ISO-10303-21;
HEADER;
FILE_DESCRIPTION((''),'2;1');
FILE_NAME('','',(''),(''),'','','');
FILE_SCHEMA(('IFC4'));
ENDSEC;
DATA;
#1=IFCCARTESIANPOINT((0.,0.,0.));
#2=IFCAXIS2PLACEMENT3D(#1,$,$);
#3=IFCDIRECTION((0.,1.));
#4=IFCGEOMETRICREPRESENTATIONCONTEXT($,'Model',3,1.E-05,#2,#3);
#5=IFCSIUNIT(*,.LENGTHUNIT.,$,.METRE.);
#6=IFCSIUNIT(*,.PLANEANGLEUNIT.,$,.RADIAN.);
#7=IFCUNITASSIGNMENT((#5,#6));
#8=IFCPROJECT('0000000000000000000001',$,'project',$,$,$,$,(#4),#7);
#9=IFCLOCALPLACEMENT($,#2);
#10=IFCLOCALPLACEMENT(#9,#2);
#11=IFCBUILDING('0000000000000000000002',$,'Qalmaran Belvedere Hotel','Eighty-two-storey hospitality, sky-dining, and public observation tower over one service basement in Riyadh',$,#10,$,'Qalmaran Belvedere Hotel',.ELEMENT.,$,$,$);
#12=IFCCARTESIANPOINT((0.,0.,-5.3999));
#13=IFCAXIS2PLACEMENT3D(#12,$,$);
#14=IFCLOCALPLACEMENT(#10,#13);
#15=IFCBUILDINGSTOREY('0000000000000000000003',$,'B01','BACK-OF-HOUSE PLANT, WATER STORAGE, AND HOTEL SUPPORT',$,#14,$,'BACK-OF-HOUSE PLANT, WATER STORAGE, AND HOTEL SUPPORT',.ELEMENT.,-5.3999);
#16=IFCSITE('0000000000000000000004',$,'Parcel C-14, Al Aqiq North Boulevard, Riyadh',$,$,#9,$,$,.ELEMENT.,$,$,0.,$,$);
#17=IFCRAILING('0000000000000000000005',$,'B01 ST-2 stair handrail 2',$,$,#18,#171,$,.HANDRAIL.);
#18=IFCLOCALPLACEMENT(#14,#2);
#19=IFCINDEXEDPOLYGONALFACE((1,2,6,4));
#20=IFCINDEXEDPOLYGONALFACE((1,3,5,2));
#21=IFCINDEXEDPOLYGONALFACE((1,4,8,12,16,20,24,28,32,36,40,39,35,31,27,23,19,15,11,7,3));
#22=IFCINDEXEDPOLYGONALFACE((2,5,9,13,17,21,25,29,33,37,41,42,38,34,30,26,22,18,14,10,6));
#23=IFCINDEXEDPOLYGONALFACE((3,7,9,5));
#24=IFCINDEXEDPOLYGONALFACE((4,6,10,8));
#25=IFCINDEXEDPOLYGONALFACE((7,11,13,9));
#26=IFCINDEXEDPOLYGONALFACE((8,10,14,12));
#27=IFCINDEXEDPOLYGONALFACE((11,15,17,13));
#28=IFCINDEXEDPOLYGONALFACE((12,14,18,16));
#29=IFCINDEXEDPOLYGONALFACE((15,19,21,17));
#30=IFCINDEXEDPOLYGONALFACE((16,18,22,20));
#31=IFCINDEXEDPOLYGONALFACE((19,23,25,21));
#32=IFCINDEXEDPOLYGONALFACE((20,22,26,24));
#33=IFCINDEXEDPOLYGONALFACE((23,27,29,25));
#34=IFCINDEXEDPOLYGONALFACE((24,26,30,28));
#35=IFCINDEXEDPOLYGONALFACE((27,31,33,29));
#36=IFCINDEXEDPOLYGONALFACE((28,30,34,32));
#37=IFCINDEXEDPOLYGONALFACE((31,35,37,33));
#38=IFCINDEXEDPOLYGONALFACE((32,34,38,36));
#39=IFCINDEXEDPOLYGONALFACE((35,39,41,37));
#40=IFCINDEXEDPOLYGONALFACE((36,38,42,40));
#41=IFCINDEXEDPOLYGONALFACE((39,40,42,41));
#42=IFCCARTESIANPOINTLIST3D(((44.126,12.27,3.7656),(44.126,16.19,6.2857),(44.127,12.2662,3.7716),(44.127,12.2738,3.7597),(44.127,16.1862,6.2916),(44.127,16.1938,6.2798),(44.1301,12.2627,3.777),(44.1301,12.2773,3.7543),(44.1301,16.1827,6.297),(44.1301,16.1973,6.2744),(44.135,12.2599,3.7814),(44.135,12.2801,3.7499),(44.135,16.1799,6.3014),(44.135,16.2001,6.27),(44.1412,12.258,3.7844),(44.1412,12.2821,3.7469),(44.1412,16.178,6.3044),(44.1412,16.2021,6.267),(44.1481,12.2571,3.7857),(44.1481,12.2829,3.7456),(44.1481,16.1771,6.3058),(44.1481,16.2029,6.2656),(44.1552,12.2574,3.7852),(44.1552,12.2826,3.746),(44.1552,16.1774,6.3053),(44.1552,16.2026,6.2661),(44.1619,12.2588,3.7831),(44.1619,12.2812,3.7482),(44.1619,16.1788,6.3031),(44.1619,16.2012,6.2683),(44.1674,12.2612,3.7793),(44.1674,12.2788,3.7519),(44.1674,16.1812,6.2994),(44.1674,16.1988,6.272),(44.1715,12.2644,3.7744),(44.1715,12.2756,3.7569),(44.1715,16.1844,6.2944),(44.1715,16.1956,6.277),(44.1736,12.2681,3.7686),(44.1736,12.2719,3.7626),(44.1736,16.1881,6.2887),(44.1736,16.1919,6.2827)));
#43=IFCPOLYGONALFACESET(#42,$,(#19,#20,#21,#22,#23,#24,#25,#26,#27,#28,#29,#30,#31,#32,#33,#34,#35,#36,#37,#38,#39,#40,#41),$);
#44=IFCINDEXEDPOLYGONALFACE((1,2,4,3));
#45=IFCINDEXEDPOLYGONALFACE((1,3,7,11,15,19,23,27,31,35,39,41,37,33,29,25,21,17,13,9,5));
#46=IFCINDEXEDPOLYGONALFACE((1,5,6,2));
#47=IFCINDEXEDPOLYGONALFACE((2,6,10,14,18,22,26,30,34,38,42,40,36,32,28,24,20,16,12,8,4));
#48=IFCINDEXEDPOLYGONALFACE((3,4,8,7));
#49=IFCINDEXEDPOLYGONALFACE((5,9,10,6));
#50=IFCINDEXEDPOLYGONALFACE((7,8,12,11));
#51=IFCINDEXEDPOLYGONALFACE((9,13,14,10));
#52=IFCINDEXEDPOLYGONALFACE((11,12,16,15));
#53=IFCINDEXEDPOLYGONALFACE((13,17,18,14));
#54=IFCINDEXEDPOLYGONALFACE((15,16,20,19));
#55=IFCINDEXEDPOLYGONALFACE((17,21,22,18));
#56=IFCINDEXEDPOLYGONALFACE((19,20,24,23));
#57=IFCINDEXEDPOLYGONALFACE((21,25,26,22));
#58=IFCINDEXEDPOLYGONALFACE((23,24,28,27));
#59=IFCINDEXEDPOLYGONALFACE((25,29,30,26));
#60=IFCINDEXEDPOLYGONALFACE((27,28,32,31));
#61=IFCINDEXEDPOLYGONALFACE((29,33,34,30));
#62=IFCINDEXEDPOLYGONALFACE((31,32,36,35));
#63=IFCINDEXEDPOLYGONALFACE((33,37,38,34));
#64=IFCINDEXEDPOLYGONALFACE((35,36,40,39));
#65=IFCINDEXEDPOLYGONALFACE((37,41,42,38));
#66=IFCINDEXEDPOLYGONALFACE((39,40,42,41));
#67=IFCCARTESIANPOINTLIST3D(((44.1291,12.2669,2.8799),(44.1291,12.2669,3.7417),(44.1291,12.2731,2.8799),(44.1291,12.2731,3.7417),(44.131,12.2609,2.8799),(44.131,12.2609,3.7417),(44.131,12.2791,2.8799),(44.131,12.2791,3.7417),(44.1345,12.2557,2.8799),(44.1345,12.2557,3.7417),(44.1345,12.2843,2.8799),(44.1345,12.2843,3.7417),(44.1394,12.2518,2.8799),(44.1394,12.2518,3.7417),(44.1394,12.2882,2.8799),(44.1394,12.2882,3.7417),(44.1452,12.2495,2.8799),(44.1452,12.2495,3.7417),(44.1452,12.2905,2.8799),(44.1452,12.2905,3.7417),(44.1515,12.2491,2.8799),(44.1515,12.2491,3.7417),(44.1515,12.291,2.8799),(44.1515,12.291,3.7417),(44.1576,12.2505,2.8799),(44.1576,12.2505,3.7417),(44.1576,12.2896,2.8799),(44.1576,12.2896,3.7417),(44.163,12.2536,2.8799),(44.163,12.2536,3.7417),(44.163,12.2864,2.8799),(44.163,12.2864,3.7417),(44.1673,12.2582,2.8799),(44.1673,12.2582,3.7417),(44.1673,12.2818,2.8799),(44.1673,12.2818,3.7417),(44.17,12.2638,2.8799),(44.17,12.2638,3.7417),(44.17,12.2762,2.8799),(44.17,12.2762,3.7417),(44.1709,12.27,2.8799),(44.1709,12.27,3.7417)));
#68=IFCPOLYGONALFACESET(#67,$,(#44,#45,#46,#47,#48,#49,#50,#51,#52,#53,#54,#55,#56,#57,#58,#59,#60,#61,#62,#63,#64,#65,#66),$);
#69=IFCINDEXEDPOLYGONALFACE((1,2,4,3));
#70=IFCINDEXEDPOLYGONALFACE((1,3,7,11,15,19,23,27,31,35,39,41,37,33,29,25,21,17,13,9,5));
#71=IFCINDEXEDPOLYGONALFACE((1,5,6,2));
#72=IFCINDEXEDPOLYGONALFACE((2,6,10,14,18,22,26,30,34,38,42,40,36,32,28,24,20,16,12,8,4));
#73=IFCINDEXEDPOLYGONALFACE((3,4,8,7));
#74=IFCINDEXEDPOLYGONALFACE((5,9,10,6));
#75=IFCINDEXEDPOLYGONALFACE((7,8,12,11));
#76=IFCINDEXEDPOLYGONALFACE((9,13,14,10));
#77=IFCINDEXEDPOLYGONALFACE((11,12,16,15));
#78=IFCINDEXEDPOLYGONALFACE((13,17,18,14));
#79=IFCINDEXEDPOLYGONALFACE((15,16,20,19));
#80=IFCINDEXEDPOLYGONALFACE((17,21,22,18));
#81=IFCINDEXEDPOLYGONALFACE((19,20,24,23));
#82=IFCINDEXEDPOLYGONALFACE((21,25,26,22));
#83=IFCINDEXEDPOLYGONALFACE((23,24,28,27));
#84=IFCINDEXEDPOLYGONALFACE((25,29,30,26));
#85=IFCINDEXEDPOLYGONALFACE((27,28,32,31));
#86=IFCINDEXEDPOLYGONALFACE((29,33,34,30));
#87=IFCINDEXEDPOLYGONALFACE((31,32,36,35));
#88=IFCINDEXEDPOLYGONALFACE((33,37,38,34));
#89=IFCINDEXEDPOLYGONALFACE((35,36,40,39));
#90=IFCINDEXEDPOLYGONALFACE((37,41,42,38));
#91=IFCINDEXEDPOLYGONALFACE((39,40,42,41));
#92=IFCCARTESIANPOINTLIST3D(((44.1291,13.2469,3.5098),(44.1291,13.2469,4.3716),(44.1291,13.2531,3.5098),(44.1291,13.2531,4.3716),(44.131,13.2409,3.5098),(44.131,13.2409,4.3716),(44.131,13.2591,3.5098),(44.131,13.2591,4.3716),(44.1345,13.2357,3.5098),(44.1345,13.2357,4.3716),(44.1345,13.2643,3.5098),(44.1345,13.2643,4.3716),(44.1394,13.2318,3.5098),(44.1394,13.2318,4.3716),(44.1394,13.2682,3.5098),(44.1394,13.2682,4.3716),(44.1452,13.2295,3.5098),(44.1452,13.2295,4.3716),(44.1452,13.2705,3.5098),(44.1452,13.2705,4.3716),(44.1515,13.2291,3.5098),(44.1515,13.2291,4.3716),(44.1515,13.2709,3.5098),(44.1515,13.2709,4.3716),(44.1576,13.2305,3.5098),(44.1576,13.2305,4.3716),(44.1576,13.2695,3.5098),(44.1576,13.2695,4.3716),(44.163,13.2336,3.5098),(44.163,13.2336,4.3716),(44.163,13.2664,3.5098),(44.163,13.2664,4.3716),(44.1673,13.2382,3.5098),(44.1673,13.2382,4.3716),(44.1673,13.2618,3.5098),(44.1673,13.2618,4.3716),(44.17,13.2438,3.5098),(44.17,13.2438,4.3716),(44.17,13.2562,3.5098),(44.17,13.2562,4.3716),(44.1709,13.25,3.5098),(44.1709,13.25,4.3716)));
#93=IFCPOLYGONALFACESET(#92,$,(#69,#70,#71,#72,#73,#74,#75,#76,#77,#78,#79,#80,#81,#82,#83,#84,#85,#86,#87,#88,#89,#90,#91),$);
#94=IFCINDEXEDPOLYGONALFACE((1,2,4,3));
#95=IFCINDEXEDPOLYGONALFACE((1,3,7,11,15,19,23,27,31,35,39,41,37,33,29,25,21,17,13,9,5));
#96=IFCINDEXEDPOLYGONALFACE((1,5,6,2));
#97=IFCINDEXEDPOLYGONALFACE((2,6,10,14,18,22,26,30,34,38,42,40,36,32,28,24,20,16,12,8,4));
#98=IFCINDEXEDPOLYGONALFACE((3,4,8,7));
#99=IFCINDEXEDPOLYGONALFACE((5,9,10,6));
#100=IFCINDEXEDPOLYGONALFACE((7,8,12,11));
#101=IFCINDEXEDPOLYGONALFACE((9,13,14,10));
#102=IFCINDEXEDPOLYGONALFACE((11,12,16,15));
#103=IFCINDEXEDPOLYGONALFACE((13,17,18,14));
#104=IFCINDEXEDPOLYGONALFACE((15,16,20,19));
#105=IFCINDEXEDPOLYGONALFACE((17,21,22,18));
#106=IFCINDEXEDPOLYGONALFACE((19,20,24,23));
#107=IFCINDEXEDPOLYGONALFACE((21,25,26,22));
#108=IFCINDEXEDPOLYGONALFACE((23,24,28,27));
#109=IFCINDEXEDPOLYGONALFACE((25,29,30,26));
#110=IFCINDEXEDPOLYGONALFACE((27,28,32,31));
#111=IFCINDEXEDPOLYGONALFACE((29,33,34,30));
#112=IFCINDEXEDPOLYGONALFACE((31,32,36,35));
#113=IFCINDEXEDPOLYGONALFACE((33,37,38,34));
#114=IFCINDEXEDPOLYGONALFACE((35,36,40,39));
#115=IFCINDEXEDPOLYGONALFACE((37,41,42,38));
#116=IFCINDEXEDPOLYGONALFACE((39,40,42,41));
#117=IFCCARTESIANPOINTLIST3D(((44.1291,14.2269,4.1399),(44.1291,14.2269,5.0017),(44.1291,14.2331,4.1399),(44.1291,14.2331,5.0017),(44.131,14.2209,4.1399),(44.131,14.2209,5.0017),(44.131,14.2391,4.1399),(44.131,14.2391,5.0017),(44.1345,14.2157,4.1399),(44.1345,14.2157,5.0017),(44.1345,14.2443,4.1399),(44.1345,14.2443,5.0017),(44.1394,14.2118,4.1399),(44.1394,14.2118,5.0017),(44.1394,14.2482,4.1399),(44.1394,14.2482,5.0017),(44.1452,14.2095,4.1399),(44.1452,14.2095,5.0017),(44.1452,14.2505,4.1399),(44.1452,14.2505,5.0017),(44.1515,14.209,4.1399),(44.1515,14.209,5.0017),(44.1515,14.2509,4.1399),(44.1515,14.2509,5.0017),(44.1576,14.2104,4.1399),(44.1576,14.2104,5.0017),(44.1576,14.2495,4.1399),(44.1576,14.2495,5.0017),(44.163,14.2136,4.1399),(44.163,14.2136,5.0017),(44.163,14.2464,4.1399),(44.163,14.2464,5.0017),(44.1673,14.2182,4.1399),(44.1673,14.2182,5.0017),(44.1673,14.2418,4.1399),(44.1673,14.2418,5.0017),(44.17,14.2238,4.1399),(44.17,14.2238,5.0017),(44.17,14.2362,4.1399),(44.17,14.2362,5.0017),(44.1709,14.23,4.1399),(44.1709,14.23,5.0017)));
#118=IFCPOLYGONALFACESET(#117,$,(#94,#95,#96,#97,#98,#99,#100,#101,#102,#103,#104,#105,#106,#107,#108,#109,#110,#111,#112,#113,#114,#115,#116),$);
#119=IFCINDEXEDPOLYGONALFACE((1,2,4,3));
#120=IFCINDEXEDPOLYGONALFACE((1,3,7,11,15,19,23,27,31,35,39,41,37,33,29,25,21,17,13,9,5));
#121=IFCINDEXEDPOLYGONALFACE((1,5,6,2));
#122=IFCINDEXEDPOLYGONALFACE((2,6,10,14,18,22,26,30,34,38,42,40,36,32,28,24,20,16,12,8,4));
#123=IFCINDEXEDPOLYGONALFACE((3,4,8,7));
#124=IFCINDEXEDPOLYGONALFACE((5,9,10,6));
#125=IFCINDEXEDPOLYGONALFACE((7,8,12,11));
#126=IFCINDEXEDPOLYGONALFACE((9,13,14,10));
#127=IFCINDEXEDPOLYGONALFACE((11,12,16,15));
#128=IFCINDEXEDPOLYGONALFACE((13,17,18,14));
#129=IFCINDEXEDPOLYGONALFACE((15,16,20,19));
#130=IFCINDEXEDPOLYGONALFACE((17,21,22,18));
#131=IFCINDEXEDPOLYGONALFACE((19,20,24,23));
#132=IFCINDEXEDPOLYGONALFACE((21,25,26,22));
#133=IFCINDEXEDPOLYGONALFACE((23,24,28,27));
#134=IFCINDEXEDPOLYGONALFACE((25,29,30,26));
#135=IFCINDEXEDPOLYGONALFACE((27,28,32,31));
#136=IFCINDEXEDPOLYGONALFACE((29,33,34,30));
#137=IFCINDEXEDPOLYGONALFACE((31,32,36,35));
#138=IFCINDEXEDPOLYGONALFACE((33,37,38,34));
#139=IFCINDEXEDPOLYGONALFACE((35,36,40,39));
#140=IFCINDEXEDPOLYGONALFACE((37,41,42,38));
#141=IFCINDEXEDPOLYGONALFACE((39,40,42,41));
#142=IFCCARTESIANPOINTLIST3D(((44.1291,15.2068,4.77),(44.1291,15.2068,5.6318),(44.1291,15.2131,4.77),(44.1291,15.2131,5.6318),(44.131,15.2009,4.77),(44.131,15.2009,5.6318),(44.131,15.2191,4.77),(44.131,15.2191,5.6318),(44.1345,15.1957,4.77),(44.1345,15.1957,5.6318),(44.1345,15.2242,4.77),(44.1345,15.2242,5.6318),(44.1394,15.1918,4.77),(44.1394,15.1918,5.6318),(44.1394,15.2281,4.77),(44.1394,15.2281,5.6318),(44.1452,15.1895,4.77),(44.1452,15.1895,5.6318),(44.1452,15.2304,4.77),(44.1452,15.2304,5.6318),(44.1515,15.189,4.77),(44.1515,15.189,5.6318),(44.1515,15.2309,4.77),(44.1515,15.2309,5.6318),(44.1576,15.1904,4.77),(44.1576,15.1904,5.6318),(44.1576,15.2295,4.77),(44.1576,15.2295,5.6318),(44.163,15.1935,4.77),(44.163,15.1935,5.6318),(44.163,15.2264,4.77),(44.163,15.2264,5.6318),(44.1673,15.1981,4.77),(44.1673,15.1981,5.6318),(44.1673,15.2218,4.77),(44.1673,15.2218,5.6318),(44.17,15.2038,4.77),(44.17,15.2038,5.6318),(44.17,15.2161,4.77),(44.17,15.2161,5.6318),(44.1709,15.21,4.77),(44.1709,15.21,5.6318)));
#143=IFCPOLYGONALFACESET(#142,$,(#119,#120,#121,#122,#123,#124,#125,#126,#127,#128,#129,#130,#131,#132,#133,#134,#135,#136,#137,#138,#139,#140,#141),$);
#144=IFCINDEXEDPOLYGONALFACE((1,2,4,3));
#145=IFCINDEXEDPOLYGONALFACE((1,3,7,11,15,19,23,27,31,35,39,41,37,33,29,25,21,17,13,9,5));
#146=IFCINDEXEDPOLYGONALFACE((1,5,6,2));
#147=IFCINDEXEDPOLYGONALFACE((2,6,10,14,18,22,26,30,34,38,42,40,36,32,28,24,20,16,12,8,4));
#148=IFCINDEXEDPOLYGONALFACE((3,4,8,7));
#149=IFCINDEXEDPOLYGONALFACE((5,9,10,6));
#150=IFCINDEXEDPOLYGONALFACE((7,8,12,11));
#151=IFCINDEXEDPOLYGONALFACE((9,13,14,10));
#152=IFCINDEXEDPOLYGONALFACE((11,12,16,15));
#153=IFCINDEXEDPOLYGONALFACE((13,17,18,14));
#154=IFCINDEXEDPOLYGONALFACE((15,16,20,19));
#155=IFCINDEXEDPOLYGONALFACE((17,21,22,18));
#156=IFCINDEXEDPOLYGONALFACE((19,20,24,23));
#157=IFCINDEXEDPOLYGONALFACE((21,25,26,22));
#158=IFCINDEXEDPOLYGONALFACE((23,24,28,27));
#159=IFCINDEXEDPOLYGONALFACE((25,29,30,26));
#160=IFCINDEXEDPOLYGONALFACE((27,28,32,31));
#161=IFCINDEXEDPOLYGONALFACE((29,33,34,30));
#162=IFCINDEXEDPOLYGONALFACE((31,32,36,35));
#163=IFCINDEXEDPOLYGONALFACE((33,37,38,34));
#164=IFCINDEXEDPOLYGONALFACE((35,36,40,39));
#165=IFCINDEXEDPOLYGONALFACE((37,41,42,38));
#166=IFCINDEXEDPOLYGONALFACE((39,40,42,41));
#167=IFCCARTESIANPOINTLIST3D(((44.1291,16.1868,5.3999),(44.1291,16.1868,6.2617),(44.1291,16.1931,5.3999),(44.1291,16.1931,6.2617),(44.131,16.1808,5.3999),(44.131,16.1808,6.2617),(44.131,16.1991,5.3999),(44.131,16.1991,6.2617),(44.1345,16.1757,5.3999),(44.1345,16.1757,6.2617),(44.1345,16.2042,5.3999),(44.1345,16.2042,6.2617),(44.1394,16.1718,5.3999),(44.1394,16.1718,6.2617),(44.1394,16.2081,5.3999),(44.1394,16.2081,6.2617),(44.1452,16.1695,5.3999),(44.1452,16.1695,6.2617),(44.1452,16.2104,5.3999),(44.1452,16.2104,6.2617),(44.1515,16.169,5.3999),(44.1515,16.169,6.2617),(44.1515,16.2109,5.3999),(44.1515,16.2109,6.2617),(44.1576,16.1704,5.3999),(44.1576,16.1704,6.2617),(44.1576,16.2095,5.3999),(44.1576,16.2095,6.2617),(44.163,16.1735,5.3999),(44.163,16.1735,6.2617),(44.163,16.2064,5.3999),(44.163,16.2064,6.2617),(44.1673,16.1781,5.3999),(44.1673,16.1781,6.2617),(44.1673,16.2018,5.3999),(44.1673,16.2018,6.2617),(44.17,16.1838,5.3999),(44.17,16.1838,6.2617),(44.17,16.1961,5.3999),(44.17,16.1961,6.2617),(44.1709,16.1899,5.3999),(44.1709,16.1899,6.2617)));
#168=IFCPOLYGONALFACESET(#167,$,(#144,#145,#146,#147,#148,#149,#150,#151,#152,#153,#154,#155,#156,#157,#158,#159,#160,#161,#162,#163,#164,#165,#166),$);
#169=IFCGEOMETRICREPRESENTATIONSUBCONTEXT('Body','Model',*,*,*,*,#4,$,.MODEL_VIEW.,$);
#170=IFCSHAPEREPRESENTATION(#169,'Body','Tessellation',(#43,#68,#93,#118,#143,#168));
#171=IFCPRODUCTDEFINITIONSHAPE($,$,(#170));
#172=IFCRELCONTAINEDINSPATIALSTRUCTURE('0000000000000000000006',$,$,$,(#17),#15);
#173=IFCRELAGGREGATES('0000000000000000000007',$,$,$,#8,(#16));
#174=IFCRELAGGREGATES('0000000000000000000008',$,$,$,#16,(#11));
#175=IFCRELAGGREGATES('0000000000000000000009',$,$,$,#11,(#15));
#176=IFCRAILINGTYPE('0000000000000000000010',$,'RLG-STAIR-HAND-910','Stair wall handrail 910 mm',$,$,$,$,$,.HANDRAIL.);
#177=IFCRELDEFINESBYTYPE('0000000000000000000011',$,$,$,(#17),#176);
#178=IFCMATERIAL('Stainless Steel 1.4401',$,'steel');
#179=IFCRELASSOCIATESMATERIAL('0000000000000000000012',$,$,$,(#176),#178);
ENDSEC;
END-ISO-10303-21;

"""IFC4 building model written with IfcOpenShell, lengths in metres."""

from ifc_helpers import new_model, si_unit, direction, frame, origin, origin_2d, place, context, subcontext, project, spatial, circle, extrude, material, type_object, element, save


model = new_model("IFC4")

# Units and contexts
model_context = context("Model", 3, precision=1e-05, world=origin(), true_north=direction((0.0, 1.0)))
body_context = subcontext(model_context, "Body", "Model", "MODEL_VIEW")
ifc_project = project(units=[si_unit("LENGTHUNIT", "METRE"), si_unit("PLANEANGLEUNIT", "RADIAN")], contexts=[model_context])

# Site, building, storey
site_placement = place(None, origin())
site = spatial("IfcSite", under=ifc_project, at=site_placement, Name="Parcel C-14, Al Aqiq North Boulevard, Riyadh", CompositionType="ELEMENT", RefElevation=0.0)
building_placement = place(site_placement, origin())
building = spatial("IfcBuilding", under=site, at=building_placement, Name="Qalmaran Belvedere Hotel", Description="Eighty-two-storey hospitality, sky-dining, and public observation tower over one service basement in Riyadh", LongName="Qalmaran Belvedere Hotel", CompositionType="ELEMENT")
storey_placement = place(building_placement, frame((0.0, 0.0, -5.3999)))
storey = spatial("IfcBuildingStorey", under=building, at=storey_placement, Name="B01", Description="BACK-OF-HOUSE PLANT, WATER STORAGE, AND HOTEL SUPPORT", LongName="BACK-OF-HOUSE PLANT, WATER STORAGE, AND HOTEL SUPPORT", CompositionType="ELEMENT", Elevation=-5.3999)

# Railing
ifc_material_1 = material(Name="Stainless Steel 1.4401", Category="steel")
railing_type_1 = type_object("IfcRailingType", Name="RLG-STAIR-HAND-910", Description="Stair wall handrail 910 mm", PredefinedType="HANDRAIL", material=ifc_material_1)
railing_1_placement = place(storey_placement, frame((44.1499, 12.27, 2.8799)))
element("IfcRailing", 1, at=railing_1_placement, inside=storey, type_object=railing_type_1, Name="B01 ST-2 stair handrail 2", PredefinedType="HANDRAIL", context=body_context, shape_type="SweptSolid", body=[
    extrude(circle(Radius=0.0239, at=origin_2d()), frame((0.0, 0.0, 0.8857), z_axis=(0.0, 0.841172, 0.540768), x_axis=(-1.0, 0.0, 0.0)), (0.0, 0.0, 1.0), 4.6602),
    extrude(circle(Radius=0.021, at=origin_2d()), origin(), (0.0, 0.0, 1.0), 0.8618),
    extrude(circle(Radius=0.021, at=origin_2d()), frame((0.0, 0.98, 0.6299)), (0.0, 0.0, 1.0), 0.8618),
    extrude(circle(Radius=0.021, at=origin_2d()), frame((0.0, 1.96, 1.26)), (0.0, 0.0, 1.0), 0.8618),
    extrude(circle(Radius=0.021, at=origin_2d()), frame((0.0, 2.9399, 1.8901)), (0.0, 0.0, 1.0), 0.8618),
    extrude(circle(Radius=0.021, at=origin_2d()), frame((0.0, 3.9199, 2.52)), (0.0, 0.0, 1.0), 0.8618),
])

save(model, "model.ifc")
